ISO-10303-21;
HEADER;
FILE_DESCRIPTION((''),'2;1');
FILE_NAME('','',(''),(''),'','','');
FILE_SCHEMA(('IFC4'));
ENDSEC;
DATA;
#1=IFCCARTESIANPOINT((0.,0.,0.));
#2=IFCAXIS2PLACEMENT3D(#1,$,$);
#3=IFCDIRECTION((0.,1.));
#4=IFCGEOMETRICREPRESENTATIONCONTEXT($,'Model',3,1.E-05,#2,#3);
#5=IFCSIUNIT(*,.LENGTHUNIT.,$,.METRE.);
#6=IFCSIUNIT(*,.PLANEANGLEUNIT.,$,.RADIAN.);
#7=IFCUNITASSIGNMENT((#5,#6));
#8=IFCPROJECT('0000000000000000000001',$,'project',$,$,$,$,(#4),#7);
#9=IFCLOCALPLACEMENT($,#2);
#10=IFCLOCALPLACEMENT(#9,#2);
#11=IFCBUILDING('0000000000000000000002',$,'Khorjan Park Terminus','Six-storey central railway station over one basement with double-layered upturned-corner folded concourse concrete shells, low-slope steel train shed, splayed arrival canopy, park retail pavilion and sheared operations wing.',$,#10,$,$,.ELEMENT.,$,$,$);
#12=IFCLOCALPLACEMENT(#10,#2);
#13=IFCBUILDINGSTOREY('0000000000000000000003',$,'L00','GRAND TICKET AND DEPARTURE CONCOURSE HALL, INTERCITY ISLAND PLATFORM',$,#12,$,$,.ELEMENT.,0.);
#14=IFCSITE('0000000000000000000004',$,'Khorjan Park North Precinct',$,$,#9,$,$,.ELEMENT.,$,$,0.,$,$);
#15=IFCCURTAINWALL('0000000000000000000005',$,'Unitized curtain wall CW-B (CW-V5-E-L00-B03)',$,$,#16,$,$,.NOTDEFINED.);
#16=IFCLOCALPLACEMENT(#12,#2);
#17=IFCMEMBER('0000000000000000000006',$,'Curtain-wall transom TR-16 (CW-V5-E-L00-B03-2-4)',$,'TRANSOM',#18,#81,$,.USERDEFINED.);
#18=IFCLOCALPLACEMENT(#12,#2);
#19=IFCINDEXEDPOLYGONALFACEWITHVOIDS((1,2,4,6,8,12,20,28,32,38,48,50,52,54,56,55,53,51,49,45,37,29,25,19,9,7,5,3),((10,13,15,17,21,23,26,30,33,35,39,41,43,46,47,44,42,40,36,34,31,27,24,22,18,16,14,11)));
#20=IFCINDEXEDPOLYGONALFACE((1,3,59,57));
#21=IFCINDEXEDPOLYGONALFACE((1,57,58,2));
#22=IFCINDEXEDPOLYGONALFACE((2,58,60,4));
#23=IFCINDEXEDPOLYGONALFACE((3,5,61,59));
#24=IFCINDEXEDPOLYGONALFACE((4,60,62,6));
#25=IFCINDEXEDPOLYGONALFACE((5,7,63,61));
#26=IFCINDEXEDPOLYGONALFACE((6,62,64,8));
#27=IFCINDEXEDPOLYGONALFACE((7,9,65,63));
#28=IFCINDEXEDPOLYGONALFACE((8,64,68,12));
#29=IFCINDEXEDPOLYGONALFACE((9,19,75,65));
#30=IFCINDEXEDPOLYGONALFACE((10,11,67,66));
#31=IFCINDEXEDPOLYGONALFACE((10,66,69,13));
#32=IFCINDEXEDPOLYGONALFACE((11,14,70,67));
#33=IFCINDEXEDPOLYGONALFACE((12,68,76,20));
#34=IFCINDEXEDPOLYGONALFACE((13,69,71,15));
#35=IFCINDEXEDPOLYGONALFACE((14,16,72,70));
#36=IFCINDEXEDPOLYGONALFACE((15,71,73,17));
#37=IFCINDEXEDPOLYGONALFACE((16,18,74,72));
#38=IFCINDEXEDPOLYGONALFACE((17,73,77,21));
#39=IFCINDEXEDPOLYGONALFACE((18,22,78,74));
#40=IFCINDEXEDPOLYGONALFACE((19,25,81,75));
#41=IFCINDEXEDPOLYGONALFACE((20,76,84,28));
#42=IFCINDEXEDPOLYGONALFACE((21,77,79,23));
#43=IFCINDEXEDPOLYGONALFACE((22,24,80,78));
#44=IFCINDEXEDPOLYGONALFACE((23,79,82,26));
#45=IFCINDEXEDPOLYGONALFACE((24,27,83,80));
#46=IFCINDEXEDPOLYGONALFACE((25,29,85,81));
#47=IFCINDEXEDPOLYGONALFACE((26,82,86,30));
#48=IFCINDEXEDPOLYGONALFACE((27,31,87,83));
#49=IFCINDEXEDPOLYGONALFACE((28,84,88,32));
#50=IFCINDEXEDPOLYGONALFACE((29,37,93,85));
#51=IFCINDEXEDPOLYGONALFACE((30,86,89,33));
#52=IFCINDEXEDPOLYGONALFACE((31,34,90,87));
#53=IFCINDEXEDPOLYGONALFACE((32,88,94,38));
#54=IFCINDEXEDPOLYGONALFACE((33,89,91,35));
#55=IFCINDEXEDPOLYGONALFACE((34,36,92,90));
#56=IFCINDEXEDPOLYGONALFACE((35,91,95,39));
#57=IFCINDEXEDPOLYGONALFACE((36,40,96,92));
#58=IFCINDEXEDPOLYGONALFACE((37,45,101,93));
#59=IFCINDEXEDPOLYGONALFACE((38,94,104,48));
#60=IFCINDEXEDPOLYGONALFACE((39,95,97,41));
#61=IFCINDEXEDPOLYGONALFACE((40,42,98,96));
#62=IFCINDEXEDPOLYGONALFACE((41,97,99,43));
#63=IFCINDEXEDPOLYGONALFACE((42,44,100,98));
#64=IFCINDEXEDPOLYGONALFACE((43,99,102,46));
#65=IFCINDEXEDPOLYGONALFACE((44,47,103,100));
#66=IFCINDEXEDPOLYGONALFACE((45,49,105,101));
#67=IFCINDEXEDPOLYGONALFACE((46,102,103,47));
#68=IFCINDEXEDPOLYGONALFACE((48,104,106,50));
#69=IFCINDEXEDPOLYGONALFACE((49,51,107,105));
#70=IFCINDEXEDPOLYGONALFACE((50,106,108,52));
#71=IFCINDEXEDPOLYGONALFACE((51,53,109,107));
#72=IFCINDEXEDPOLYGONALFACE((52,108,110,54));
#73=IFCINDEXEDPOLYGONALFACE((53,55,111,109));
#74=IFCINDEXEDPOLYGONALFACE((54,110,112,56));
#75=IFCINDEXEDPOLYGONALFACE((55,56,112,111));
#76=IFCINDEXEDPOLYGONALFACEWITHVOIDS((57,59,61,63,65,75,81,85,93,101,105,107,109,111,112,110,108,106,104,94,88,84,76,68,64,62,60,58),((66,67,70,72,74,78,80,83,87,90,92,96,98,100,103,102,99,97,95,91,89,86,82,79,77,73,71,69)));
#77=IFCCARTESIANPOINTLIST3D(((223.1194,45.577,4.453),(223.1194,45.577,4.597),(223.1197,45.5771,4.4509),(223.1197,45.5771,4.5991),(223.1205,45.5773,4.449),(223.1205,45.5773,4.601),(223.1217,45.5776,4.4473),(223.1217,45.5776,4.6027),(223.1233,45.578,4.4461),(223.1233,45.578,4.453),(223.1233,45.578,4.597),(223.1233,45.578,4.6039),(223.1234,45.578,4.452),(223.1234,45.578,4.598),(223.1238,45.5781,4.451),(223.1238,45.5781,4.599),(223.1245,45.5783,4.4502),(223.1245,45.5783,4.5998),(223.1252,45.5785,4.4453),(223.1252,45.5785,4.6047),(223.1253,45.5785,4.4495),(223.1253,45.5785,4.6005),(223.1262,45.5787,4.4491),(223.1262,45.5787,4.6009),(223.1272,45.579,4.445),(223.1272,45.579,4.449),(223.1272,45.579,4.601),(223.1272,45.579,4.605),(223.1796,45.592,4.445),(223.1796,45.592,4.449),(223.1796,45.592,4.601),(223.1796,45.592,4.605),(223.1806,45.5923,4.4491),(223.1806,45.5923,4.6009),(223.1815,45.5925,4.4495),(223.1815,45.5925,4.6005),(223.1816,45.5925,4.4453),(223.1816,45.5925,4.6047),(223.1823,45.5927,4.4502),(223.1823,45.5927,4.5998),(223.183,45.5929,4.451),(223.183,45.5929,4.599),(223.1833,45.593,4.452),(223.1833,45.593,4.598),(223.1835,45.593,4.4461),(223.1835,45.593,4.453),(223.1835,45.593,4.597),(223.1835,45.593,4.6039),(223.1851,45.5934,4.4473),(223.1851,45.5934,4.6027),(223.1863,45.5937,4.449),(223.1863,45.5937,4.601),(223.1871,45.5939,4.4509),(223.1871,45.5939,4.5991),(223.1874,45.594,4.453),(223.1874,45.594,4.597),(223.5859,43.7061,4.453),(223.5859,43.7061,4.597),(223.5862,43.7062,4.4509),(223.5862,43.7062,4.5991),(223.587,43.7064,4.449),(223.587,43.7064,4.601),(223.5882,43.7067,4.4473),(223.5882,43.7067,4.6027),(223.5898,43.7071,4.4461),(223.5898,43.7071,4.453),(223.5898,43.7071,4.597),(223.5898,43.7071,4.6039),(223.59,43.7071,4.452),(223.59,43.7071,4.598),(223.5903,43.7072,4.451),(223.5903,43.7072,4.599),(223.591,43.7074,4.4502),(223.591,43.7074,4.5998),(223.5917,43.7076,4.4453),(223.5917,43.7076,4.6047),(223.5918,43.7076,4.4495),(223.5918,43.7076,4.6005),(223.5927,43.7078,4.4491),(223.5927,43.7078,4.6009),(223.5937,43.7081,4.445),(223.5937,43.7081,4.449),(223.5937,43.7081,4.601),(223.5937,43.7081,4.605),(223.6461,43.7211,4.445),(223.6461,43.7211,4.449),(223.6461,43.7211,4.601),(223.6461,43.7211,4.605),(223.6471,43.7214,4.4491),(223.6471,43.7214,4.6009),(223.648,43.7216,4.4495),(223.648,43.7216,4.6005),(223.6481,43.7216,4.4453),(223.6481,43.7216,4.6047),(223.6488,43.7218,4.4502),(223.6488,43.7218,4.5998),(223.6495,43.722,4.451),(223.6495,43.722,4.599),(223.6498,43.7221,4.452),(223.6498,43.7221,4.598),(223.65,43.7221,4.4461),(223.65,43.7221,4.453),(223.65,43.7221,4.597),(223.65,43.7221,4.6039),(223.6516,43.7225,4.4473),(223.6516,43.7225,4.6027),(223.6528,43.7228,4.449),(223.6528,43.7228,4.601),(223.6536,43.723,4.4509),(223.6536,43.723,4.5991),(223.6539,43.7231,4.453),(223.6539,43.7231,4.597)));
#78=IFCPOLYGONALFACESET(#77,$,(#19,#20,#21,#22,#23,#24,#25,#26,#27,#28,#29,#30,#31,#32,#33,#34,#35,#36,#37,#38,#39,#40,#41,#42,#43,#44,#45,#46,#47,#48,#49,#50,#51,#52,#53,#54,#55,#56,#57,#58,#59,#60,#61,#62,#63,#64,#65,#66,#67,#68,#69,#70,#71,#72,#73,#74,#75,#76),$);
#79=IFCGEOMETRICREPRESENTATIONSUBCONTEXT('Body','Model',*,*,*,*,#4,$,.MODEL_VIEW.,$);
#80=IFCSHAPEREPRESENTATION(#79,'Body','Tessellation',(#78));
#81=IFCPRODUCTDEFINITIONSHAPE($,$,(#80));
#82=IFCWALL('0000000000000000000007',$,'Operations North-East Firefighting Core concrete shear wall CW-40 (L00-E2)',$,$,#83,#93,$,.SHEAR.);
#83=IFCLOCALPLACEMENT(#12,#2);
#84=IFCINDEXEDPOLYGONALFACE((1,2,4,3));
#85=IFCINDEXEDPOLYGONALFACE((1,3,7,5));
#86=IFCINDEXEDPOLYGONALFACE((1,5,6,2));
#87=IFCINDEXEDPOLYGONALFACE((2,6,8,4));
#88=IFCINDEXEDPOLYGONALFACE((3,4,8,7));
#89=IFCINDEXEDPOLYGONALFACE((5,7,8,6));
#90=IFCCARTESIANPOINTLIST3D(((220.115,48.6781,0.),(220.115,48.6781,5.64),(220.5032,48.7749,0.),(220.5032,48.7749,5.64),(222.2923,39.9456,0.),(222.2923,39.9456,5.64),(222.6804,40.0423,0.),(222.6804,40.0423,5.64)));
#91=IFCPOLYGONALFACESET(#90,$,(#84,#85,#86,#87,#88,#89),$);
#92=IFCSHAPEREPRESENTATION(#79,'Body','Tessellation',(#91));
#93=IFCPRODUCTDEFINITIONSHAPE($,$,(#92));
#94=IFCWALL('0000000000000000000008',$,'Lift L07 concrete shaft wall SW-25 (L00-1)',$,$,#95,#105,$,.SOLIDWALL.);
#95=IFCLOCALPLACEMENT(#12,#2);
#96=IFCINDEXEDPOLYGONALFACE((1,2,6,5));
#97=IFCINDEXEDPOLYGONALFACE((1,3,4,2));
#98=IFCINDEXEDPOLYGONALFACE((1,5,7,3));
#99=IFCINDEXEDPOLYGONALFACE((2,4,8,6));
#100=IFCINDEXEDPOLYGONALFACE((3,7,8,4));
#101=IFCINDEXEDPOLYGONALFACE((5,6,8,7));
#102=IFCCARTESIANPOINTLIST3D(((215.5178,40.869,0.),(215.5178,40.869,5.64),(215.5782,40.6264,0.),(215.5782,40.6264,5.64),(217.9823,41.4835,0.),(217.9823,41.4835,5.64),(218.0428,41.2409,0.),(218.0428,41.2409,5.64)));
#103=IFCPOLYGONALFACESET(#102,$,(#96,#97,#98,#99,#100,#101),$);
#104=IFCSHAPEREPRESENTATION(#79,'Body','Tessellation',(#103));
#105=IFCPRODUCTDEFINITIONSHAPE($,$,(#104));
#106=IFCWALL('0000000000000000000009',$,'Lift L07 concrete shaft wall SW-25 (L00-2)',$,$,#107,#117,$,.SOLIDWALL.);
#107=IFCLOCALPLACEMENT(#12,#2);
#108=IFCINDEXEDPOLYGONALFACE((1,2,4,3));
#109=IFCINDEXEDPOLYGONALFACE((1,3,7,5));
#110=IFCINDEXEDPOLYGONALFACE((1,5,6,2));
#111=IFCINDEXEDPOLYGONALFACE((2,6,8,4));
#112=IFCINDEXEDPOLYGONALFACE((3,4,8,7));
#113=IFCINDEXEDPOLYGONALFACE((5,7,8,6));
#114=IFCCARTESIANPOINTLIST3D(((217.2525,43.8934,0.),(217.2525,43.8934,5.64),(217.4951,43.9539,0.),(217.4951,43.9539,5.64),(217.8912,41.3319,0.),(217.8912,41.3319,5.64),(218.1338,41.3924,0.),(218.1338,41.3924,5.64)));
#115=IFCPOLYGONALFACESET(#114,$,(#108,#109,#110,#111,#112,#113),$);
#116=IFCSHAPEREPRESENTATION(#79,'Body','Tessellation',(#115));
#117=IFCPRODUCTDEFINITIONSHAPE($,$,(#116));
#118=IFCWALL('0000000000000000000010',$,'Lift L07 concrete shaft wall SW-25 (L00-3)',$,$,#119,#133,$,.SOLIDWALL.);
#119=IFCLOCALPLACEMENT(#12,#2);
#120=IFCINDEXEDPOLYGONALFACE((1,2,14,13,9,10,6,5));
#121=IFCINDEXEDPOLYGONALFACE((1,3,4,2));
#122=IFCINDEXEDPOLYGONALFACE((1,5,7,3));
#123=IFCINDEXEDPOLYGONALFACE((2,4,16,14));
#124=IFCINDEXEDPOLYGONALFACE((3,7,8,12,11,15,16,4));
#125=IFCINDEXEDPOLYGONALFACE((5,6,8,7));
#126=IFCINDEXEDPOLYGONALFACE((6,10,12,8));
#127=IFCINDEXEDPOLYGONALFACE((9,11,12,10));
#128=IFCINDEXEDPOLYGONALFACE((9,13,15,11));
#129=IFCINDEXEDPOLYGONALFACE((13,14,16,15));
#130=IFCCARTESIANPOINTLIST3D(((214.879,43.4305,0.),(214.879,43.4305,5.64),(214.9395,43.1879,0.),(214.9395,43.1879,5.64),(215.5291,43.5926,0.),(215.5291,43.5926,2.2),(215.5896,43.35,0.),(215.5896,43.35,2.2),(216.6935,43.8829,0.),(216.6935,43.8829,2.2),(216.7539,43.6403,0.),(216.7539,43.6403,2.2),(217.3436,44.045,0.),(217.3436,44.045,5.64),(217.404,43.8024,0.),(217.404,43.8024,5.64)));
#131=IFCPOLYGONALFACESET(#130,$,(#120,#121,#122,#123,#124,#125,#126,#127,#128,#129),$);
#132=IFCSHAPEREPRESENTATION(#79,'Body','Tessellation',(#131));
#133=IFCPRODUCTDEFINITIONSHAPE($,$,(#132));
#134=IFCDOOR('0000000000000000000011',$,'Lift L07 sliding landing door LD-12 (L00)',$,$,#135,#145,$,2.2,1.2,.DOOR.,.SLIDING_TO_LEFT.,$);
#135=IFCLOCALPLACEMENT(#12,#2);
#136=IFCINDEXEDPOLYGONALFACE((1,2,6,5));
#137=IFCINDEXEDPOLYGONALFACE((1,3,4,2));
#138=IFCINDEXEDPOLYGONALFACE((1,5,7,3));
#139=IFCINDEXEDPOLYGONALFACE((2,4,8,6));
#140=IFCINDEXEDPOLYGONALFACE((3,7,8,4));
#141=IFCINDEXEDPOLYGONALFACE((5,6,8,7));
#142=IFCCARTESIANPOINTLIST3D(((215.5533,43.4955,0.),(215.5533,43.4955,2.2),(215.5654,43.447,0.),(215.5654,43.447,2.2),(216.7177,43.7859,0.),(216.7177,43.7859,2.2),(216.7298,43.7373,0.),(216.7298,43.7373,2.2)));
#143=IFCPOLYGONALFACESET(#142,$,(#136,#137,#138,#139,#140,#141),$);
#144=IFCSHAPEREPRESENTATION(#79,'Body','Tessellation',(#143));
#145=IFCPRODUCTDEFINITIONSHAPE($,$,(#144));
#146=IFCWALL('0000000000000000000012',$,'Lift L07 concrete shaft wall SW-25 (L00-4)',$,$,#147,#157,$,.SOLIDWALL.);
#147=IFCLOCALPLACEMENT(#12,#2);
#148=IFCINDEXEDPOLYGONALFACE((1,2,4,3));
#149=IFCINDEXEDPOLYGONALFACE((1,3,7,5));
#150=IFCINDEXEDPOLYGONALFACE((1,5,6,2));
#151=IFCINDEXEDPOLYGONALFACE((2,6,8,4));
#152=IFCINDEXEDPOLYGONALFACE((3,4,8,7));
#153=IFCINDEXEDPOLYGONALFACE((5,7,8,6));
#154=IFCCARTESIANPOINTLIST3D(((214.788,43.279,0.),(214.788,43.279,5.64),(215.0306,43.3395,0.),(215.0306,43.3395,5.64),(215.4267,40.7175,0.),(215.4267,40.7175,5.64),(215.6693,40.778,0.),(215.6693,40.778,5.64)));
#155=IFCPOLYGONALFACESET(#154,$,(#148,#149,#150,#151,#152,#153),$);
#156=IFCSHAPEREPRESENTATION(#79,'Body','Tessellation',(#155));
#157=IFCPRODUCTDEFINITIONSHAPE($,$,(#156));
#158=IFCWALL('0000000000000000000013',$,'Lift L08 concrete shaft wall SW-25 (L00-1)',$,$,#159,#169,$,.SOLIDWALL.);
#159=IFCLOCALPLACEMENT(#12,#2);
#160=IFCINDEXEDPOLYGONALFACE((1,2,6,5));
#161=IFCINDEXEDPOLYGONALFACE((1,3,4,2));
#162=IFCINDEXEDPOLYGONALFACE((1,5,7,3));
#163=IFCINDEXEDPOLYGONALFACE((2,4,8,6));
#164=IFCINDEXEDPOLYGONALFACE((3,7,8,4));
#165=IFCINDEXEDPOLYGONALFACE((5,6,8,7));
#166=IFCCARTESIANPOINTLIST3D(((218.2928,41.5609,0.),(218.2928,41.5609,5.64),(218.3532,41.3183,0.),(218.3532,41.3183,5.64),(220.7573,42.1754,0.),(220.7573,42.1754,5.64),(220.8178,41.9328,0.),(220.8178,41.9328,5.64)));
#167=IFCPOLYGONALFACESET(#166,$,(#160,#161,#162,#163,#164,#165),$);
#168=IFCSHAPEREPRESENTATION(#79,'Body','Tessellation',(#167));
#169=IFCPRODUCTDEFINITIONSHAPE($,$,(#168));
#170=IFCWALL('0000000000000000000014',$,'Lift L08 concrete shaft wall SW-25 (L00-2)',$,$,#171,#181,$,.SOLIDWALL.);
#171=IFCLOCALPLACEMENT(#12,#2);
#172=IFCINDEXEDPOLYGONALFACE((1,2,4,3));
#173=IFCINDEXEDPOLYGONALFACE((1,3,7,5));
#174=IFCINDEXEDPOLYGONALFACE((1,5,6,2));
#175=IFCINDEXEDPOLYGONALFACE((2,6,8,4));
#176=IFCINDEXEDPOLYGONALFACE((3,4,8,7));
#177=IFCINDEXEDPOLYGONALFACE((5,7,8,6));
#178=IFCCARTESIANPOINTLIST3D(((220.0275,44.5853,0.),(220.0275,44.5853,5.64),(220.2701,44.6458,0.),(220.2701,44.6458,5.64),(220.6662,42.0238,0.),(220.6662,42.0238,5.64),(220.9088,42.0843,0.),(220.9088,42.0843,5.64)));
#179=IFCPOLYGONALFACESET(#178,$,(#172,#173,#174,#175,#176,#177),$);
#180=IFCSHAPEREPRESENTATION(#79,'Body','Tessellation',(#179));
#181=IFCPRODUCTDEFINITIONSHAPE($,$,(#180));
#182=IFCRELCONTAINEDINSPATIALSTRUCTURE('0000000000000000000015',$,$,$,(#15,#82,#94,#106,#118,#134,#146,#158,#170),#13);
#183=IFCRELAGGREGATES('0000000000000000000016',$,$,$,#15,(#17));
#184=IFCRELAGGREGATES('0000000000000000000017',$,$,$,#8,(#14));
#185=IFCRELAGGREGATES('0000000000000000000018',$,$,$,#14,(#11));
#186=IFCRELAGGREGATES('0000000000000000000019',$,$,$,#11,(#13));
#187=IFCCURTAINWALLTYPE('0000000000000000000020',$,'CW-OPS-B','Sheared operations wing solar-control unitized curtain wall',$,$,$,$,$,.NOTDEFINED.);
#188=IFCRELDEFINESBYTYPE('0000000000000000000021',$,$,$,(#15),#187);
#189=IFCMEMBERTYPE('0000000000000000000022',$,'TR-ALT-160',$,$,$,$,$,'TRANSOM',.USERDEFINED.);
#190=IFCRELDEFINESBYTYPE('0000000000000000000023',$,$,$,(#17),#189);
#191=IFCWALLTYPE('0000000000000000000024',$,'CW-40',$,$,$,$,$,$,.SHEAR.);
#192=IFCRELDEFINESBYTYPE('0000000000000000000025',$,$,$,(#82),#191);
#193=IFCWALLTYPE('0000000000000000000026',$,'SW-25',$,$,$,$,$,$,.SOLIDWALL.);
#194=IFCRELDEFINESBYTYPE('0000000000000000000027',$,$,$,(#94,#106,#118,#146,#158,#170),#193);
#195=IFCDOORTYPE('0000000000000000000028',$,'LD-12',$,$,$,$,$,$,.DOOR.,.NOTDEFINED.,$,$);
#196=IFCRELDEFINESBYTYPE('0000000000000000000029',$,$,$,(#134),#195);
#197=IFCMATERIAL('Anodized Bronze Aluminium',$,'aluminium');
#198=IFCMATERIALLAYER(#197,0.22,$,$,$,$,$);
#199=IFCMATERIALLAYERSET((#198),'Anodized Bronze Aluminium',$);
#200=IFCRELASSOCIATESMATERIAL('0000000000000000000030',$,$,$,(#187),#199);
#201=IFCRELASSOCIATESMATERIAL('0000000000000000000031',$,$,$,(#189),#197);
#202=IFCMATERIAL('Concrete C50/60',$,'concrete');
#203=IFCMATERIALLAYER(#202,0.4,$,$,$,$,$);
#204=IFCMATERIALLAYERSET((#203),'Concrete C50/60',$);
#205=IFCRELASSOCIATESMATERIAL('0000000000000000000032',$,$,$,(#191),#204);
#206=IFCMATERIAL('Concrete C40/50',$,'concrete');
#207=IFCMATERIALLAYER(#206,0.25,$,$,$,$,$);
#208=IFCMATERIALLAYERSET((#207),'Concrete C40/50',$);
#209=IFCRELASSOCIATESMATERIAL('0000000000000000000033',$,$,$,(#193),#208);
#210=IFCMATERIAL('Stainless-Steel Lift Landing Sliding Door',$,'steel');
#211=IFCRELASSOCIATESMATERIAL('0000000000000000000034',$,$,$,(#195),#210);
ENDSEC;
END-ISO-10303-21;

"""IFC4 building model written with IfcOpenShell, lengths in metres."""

from ifc_helpers import new_model, si_unit, direction, frame, frame_2d, origin, origin_2d, place, context, subcontext, project, spatial, rectangle, hollow_rectangle, extrude, material, layer, layer_set, material_profile, profile_set, type_object, element, fill, aggregate, save


model = new_model("IFC4")

# Units and contexts
model_context = context("Model", 3, precision=1e-05, world=origin(), true_north=direction((0.0, 1.0)))
body_context = subcontext(model_context, "Body", "Model", "MODEL_VIEW")
ifc_project = project(units=[si_unit("LENGTHUNIT", "METRE"), si_unit("PLANEANGLEUNIT", "RADIAN")], contexts=[model_context])

# Site, building, storey
site_placement = place(None, origin())
site = spatial("IfcSite", under=ifc_project, at=site_placement, Name="Khorjan Park North Precinct", CompositionType="ELEMENT", RefElevation=0.0)
building_placement = place(site_placement, origin())
building = spatial("IfcBuilding", under=site, at=building_placement, Name="Khorjan Park Terminus", Description="Six-storey central railway station over one basement with double-layered upturned-corner folded concourse concrete shells, low-slope steel train shed, splayed arrival canopy, park retail pavilion and sheared operations wing.", CompositionType="ELEMENT")
storey_placement = place(building_placement, origin())
storey = spatial("IfcBuildingStorey", under=building, at=storey_placement, Name="L00", Description="GRAND TICKET AND DEPARTURE CONCOURSE HALL, INTERCITY ISLAND PLATFORM", CompositionType="ELEMENT", Elevation=0.0)

# Shared definitions
ifc_material_1 = material(Name="Concrete C50/60", Category="concrete")

# Curtain wall, member
ifc_material_2 = material(Name="Anodized Bronze Aluminium", Category="aluminium")
ifc_layer_1 = layer(ifc_material_2, 0.22)
ifc_layer_set_1 = layer_set([ifc_layer_1], Name="Anodized Bronze Aluminium")
curtain_wall_type = type_object("IfcCurtainWallType", Name="CW-OPS-B", Description="Sheared operations wing solar-control unitized curtain wall", PredefinedType="NOTDEFINED", material=ifc_layer_set_1)
curtain_wall_placement = place(storey_placement, origin())
curtain_wall = element("IfcCurtainWall", 1, at=curtain_wall_placement, inside=storey, type_object=curtain_wall_type, Name="Unitized curtain wall CW-B (CW-V5-E-L00-B03)", PredefinedType="NOTDEFINED")
ifc_material_profile_1 = material_profile(ifc_material_2, hollow_rectangle(XDim=0.07, YDim=0.16, WallThickness=0.004, InnerFilletRadius=0.004, OuterFilletRadius=0.008, at=origin_2d()), Name="ALT 70x160x4")
ifc_profile_set_1 = profile_set([ifc_material_profile_1], Name="Anodized Bronze Aluminium")
member_type_1 = type_object("IfcMemberType", Name="TR-ALT-160", ElementType="TRANSOM", PredefinedType="USERDEFINED", material=ifc_profile_set_1)
member_1_placement = place(storey_placement, frame((223.6199, 43.7146, 4.525), z_axis=(-0.241938, 0.970292, 0.0), x_axis=(-0.970292, -0.241938, 0.0)))
member_1 = element("IfcMember", 2, at=member_1_placement, type_object=member_type_1, Name="Curtain-wall transom TR-16 (CW-V5-E-L00-B03-2-4)", ObjectType="TRANSOM", PredefinedType="USERDEFINED", context=body_context, shape_type="SweptSolid", body=[
    extrude(hollow_rectangle(XDim=0.07, YDim=0.16, WallThickness=0.004, InnerFilletRadius=0.004, OuterFilletRadius=0.008, at=origin_2d()), origin(), (0.0, 0.0, 1.0), 1.9282),
])
aggregate(curtain_wall, [member_1])

# Walls
ifc_layer_2 = layer(ifc_material_1, 0.4)
ifc_layer_set_2 = layer_set([ifc_layer_2], Name="Concrete C50/60")
wall_type_1 = type_object("IfcWallType", Name="CW-40", PredefinedType="SHEAR", material=ifc_layer_set_2)
wall_1_placement = place(storey_placement, frame((222.4864, 39.9939, 0.0), z_axis=(0.0, 0.0, 1.0), x_axis=(-0.241924, 0.970295, 0.0)))
element("IfcWall", 3, at=wall_1_placement, inside=storey, type_object=wall_type_1, Name="Operations North-East Firefighting Core concrete shear wall CW-40 (L00-E2)", PredefinedType="SHEAR", context=body_context, shape_type="SweptSolid", body=[
    extrude(rectangle(XDim=8.9999, YDim=0.4, at=frame_2d((4.5, 0.0))), origin(), (0.0, 0.0, 1.0), 5.64),
])
ifc_material_3 = material(Name="Concrete C40/50", Category="concrete")
ifc_layer_3 = layer(ifc_material_3, 0.25)
ifc_layer_set_3 = layer_set([ifc_layer_3], Name="Concrete C40/50")
wall_type_2 = type_object("IfcWallType", Name="SW-25", PredefinedType="SOLIDWALL", material=ifc_layer_set_3)
wall_2_placement = place(storey_placement, frame((215.548, 40.7477, 0.0), z_axis=(0.0, 0.0, 1.0), x_axis=(0.970293, 0.241933, 0.0)))
element("IfcWall", 4, at=wall_2_placement, inside=storey, type_object=wall_type_2, Name="Lift L07 concrete shaft wall SW-25 (L00-1)", PredefinedType="SOLIDWALL", context=body_context, shape_type="SweptSolid", body=[
    extrude(rectangle(XDim=2.54, YDim=0.25, at=frame_2d((1.27, 0.0))), origin(), (0.0, 0.0, 1.0), 5.64),
])
wall_3_placement = place(storey_placement, frame((218.0125, 41.3622, 0.0), z_axis=(0.0, 0.0, 1.0), x_axis=(-0.241938, 0.970292, 0.0)))
element("IfcWall", 5, at=wall_3_placement, inside=storey, type_object=wall_type_2, Name="Lift L07 concrete shaft wall SW-25 (L00-2)", PredefinedType="SOLIDWALL", context=body_context, shape_type="SweptSolid", body=[
    extrude(rectangle(XDim=2.6399, YDim=0.25, at=frame_2d((1.3199, 0.0))), origin(), (0.0, 0.0, 1.0), 5.64),
])

# Wall, opening, door
wall_4_placement = place(storey_placement, frame((217.3738, 43.9237, 0.0), z_axis=(0.0, 0.0, 1.0), x_axis=(-0.970293, -0.241933, 0.0)))
wall_4 = element("IfcWall", 6, at=wall_4_placement, inside=storey, type_object=wall_type_2, Name="Lift L07 concrete shaft wall SW-25 (L00-3)", PredefinedType="SOLIDWALL", context=body_context, shape_type="SweptSolid", body=[
    extrude(rectangle(XDim=2.54, YDim=0.25, at=frame_2d((1.27, 0.0))), origin(), (0.0, 0.0, 1.0), 5.64),
])
opening_placement = place(wall_4_placement, frame((0.67, 0.0, 0.0)))
opening = element("IfcOpeningElement", 7, at=opening_placement, cuts=wall_4, PredefinedType="OPENING", context=body_context, shape_type="SweptSolid", body=[
    extrude(rectangle(XDim=1.2, YDim=2.2, at=frame_2d((0.6, 1.1))), frame((0.0, 0.135, 0.0), z_axis=(0.0, -1.0, 0.0), x_axis=(1.0, 0.0, 0.0)), (0.0, 0.0, 1.0), 0.27),
])
ifc_material_4 = material(Name="Stainless-Steel Lift Landing Sliding Door", Category="steel")
door_type = type_object("IfcDoorType", Name="LD-12", OperationType="NOTDEFINED", PredefinedType="DOOR", material=ifc_material_4)
door_placement = place(opening_placement, origin())
door = element("IfcDoor", 8, at=door_placement, inside=storey, type_object=door_type, Name="Lift L07 sliding landing door LD-12 (L00)", OperationType="SLIDING_TO_LEFT", OverallHeight=2.2, OverallWidth=1.2, PredefinedType="DOOR", context=body_context, shape_type="SweptSolid", body=[
    extrude(rectangle(XDim=1.2, YDim=2.2, at=frame_2d((0.6, 1.1))), frame((0.0, 0.025, 0.0), z_axis=(0.0, -1.0, 0.0), x_axis=(1.0, 0.0, 0.0)), (0.0, 0.0, 1.0), 0.05),
])
fill(opening, door)

# Walls
wall_5_placement = place(storey_placement, frame((214.9093, 43.3092, 0.0), z_axis=(0.0, 0.0, 1.0), x_axis=(0.241938, -0.970292, 0.0)))
element("IfcWall", 9, at=wall_5_placement, inside=storey, type_object=wall_type_2, Name="Lift L07 concrete shaft wall SW-25 (L00-4)", PredefinedType="SOLIDWALL", context=body_context, shape_type="SweptSolid", body=[
    extrude(rectangle(XDim=2.6399, YDim=0.25, at=frame_2d((1.3199, 0.0))), origin(), (0.0, 0.0, 1.0), 5.64),
])
wall_6_placement = place(storey_placement, frame((218.323, 41.4396, 0.0), z_axis=(0.0, 0.0, 1.0), x_axis=(0.970293, 0.241933, 0.0)))
element("IfcWall", 10, at=wall_6_placement, inside=storey, type_object=wall_type_2, Name="Lift L08 concrete shaft wall SW-25 (L00-1)", PredefinedType="SOLIDWALL", context=body_context, shape_type="SweptSolid", body=[
    extrude(rectangle(XDim=2.54, YDim=0.25, at=frame_2d((1.27, 0.0))), origin(), (0.0, 0.0, 1.0), 5.64),
])
wall_7_placement = place(storey_placement, frame((220.7875, 42.0541, 0.0), z_axis=(0.0, 0.0, 1.0), x_axis=(-0.241938, 0.970292, 0.0)))
element("IfcWall", 11, at=wall_7_placement, inside=storey, type_object=wall_type_2, Name="Lift L08 concrete shaft wall SW-25 (L00-2)", PredefinedType="SOLIDWALL", context=body_context, shape_type="SweptSolid", body=[
    extrude(rectangle(XDim=2.6399, YDim=0.25, at=frame_2d((1.3199, 0.0))), origin(), (0.0, 0.0, 1.0), 5.64),
])

save(model, "model.ifc")
